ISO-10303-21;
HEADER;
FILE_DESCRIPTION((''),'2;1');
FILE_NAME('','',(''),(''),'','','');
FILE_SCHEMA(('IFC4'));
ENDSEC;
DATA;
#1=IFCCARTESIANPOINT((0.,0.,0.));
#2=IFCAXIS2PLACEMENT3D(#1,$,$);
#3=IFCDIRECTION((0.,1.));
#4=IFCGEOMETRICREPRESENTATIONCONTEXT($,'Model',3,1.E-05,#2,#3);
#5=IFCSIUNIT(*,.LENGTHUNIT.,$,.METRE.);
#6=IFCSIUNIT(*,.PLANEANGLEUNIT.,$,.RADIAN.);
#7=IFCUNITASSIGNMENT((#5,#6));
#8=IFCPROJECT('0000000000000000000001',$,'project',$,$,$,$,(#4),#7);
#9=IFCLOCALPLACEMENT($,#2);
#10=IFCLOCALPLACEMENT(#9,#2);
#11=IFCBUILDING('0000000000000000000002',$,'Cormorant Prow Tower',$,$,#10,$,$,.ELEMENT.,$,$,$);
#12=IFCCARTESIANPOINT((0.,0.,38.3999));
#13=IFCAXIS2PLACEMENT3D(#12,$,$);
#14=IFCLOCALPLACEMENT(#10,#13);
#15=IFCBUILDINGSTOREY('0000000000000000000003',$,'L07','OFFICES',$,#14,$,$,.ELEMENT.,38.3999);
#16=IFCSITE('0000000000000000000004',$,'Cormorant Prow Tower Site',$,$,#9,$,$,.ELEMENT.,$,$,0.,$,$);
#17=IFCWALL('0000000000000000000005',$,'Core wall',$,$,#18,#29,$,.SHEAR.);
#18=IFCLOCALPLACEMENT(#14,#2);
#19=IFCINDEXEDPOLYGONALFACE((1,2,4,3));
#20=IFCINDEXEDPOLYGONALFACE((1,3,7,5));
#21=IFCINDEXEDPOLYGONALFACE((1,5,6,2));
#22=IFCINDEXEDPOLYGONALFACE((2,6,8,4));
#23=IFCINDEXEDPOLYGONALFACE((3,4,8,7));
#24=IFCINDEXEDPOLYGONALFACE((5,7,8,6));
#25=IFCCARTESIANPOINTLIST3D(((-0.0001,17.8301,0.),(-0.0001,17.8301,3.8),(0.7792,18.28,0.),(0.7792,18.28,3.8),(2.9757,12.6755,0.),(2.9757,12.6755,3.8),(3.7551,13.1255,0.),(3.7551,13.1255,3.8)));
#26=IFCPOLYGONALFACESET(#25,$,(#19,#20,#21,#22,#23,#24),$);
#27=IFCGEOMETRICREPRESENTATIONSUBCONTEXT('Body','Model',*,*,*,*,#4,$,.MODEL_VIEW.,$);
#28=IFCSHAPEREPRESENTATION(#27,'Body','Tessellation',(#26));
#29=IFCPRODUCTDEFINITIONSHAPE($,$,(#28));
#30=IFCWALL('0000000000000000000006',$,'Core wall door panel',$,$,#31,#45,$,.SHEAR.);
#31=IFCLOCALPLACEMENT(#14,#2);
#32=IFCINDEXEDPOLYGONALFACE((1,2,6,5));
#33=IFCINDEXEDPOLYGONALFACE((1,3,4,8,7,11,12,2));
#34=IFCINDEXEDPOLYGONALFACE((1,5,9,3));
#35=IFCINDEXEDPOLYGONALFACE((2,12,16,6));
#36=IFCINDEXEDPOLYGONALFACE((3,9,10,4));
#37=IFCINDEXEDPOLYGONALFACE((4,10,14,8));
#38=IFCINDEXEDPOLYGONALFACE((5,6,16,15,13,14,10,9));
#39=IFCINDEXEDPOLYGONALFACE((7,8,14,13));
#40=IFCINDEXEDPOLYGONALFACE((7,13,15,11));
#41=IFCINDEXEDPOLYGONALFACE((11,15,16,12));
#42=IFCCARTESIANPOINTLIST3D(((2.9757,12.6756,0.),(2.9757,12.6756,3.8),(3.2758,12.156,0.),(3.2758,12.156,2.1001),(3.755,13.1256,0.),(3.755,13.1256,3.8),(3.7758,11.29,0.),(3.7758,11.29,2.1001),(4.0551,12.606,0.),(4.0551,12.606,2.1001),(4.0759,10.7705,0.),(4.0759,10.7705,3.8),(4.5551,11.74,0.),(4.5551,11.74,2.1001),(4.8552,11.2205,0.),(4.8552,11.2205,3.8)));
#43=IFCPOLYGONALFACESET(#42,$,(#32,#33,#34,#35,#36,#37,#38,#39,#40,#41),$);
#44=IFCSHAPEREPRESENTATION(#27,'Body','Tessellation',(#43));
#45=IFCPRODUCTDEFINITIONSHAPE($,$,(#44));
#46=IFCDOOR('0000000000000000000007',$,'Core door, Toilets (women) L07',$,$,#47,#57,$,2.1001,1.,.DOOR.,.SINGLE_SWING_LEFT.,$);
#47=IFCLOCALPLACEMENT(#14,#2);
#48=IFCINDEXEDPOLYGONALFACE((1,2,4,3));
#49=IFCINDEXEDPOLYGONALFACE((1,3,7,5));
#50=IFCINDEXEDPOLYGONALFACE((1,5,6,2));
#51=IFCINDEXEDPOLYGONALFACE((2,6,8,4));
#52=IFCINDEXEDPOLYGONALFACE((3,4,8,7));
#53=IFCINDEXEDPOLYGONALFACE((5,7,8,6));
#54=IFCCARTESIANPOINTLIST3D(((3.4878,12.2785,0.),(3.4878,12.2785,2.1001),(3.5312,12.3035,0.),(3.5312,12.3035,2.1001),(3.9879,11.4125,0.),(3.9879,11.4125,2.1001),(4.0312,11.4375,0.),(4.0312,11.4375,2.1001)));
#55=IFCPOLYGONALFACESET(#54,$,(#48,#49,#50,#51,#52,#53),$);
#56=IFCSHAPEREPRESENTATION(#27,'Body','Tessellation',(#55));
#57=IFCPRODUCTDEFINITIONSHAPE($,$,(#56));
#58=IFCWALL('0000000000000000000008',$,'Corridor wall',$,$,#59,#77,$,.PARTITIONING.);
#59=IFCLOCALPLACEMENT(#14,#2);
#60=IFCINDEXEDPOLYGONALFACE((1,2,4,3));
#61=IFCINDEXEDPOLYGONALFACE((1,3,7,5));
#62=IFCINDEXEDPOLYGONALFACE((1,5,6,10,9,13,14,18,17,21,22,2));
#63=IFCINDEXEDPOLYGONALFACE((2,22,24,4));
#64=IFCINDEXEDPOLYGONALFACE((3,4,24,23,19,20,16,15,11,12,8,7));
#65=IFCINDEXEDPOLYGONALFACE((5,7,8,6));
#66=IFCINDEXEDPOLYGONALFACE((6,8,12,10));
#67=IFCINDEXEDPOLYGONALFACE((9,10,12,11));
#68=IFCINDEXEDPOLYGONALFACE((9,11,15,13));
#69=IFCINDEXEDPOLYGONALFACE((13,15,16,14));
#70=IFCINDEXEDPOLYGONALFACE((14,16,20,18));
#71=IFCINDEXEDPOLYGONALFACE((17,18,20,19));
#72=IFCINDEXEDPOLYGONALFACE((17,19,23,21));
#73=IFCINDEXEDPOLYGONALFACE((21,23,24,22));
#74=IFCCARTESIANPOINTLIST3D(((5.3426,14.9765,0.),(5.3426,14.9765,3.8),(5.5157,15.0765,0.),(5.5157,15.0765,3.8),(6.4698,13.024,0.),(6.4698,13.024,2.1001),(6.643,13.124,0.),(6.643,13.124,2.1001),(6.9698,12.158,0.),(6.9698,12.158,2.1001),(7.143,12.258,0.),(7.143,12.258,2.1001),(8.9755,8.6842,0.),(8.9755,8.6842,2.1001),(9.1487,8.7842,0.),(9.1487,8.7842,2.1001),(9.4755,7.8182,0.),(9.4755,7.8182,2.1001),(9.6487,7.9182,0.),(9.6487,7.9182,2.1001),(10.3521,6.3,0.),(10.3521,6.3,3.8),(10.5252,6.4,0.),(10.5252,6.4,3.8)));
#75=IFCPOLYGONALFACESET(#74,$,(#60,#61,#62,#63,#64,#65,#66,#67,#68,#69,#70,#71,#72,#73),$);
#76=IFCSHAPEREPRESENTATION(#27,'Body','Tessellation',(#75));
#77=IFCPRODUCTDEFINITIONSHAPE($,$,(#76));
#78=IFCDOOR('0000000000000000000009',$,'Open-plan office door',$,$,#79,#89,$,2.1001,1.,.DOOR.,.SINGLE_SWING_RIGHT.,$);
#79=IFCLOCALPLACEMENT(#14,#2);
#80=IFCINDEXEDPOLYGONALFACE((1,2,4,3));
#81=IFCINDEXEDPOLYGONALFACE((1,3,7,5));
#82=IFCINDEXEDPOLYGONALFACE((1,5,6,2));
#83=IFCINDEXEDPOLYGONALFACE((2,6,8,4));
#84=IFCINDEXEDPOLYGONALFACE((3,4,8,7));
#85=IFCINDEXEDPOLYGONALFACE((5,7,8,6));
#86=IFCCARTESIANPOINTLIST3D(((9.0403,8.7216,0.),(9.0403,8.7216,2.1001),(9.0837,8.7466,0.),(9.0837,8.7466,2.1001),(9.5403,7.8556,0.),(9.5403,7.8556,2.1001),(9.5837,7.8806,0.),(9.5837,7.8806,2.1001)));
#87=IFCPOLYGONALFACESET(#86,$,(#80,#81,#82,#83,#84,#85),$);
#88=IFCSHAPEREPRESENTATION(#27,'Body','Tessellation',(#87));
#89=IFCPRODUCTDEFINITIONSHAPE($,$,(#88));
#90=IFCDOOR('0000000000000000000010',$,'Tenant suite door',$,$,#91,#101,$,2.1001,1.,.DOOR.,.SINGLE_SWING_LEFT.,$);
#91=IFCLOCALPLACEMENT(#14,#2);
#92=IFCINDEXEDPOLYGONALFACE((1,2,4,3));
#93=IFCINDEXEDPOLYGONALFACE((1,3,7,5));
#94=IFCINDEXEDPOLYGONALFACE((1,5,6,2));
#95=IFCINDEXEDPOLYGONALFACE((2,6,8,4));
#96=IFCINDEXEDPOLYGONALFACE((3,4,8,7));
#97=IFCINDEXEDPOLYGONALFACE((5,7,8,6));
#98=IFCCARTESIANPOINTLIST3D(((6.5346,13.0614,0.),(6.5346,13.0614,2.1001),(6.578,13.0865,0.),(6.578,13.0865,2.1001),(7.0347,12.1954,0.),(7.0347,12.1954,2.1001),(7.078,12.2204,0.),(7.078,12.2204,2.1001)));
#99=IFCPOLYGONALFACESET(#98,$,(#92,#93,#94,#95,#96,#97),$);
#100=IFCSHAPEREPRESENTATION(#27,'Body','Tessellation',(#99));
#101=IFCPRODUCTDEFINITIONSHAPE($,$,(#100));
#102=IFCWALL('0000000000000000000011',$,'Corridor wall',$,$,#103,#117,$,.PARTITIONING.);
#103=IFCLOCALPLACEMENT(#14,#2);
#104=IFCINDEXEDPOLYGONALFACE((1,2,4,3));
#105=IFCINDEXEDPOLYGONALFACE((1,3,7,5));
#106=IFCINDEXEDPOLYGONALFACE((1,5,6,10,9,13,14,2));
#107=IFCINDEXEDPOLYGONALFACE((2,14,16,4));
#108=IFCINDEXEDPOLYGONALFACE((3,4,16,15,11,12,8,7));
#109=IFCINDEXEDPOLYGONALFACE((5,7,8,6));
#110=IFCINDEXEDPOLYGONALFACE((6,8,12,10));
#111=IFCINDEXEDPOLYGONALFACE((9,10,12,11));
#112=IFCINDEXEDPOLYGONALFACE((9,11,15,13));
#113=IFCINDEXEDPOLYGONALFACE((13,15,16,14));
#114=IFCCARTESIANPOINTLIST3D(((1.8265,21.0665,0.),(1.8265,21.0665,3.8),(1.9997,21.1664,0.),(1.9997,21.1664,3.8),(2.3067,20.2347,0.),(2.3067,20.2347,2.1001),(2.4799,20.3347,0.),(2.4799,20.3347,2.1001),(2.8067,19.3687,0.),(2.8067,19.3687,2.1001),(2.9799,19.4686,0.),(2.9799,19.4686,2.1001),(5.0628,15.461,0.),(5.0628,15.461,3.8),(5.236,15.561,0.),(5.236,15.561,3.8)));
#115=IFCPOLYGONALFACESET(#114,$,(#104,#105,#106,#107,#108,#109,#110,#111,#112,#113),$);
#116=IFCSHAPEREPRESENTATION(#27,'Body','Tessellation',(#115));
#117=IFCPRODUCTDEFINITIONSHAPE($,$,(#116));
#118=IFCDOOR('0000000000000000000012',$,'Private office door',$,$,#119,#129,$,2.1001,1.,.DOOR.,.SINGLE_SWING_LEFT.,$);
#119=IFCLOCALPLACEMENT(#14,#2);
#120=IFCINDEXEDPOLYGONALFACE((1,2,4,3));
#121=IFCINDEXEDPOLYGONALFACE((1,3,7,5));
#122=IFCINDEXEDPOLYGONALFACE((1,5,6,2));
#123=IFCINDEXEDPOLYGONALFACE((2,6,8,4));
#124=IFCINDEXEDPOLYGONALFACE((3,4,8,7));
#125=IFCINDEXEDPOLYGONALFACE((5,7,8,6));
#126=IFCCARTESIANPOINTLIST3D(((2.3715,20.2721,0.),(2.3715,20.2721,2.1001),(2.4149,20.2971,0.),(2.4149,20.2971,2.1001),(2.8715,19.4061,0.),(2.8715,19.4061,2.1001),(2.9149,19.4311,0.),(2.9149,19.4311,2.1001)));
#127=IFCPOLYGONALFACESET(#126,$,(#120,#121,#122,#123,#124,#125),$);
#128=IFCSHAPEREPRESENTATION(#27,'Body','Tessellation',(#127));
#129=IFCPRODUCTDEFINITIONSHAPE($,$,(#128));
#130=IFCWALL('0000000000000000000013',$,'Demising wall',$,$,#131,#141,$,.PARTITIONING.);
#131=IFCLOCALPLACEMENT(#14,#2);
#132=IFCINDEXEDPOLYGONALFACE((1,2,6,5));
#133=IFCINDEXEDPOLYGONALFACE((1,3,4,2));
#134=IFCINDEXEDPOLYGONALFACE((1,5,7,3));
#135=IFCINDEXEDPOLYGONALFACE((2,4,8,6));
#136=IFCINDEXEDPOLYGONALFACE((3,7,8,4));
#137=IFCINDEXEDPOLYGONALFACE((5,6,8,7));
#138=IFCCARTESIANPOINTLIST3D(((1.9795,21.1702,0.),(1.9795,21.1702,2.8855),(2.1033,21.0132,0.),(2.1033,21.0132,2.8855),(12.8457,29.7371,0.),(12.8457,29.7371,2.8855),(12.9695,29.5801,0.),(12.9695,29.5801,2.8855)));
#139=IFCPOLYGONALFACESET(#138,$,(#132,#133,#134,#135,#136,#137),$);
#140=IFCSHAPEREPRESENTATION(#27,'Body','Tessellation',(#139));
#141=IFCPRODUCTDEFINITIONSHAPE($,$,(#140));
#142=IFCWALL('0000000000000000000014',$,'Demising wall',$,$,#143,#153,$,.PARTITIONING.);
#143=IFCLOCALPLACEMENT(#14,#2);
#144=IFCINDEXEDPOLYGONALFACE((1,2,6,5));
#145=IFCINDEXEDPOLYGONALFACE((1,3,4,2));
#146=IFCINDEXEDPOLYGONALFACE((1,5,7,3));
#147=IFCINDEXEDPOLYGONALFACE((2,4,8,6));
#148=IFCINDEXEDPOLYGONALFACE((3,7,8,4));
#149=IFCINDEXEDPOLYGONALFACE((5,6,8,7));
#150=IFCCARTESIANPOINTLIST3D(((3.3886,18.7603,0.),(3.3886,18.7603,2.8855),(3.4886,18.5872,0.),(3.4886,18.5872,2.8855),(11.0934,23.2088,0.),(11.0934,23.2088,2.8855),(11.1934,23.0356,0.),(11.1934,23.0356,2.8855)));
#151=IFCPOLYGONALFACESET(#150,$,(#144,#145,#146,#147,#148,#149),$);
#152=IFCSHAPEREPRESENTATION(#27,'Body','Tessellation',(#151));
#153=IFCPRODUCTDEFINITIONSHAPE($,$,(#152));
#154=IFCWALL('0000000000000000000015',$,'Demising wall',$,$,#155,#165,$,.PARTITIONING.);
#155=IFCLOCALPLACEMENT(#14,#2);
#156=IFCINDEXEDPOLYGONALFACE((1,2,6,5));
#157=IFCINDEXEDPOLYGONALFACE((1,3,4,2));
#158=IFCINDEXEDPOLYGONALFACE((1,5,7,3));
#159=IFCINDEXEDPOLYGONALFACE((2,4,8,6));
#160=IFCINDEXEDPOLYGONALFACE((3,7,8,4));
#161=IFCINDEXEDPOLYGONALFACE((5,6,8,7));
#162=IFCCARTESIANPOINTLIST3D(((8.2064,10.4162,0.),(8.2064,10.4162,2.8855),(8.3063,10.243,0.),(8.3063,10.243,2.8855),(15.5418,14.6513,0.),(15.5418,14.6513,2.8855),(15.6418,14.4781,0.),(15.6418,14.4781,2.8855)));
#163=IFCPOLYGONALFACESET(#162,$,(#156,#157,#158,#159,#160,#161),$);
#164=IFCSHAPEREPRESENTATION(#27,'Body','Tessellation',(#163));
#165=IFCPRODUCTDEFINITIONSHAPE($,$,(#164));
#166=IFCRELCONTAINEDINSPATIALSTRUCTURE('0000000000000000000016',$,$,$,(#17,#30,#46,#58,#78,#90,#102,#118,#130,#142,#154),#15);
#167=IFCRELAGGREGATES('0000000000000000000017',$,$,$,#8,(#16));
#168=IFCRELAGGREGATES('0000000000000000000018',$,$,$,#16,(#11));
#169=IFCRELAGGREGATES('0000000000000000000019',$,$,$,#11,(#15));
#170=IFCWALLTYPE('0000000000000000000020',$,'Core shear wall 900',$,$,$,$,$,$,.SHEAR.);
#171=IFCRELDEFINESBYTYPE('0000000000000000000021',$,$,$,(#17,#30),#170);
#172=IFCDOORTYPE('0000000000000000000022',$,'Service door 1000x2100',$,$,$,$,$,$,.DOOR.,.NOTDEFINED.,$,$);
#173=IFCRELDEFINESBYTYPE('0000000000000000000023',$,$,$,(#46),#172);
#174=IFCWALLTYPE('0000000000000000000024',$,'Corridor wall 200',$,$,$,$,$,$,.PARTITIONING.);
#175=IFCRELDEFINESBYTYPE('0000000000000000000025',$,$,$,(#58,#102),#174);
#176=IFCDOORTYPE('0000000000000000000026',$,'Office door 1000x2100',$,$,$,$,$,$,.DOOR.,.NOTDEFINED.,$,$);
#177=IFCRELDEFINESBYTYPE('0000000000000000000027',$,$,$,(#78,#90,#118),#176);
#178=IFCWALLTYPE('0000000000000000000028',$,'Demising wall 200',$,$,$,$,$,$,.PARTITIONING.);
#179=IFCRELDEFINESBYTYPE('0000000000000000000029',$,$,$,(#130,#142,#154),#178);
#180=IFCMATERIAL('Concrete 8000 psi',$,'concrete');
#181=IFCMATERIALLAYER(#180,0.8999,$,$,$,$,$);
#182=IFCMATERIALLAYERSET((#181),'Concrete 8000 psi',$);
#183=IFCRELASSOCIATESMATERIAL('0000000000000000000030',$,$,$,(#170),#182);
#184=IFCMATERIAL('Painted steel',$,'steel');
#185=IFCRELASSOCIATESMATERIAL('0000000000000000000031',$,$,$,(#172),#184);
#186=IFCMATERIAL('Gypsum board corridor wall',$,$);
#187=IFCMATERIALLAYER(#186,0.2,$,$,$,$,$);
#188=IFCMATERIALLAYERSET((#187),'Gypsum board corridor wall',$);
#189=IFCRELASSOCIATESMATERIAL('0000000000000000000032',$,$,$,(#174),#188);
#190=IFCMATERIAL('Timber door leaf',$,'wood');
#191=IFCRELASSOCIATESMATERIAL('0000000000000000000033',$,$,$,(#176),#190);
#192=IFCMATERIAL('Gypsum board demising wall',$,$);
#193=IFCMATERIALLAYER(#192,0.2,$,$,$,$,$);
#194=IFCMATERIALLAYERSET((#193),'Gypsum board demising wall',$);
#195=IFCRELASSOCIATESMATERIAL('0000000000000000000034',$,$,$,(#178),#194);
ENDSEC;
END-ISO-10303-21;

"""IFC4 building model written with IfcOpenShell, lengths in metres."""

from ifc_helpers import new_model, si_unit, direction, frame, frame_2d, origin, place, context, subcontext, project, spatial, rectangle, extrude, material, layer, layer_set, type_object, element, fill, save


model = new_model("IFC4")

# Units and contexts
model_context = context("Model", 3, precision=1e-05, world=origin(), true_north=direction((0.0, 1.0)))
body_context = subcontext(model_context, "Body", "Model", "MODEL_VIEW")
ifc_project = project(units=[si_unit("LENGTHUNIT", "METRE"), si_unit("PLANEANGLEUNIT", "RADIAN")], contexts=[model_context])

# Site, building, storey
site_placement = place(None, origin())
site = spatial("IfcSite", under=ifc_project, at=site_placement, Name="Cormorant Prow Tower Site", CompositionType="ELEMENT", RefElevation=0.0)
building_placement = place(site_placement, origin())
building = spatial("IfcBuilding", under=site, at=building_placement, Name="Cormorant Prow Tower", CompositionType="ELEMENT")
storey_placement = place(building_placement, frame((0.0, 0.0, 38.3999)))
storey = spatial("IfcBuildingStorey", under=building, at=storey_placement, Name="L07", Description="OFFICES", CompositionType="ELEMENT", Elevation=38.3999)

# Wall
ifc_material_1 = material(Name="Concrete 8000 psi", Category="concrete")
ifc_layer_1 = layer(ifc_material_1, 0.8999)
ifc_layer_set_1 = layer_set([ifc_layer_1], Name="Concrete 8000 psi")
wall_type_1 = type_object("IfcWallType", Name="Core shear wall 900", PredefinedType="SHEAR", material=ifc_layer_set_1)
wall_1_placement = place(storey_placement, frame((3.3655, 12.9004, 0.0), z_axis=(0.0, 0.0, 1.0), x_axis=(-0.499982, 0.866036, 0.0)))
element("IfcWall", 1, at=wall_1_placement, inside=storey, type_object=wall_type_1, Name="Core wall", PredefinedType="SHEAR", context=body_context, shape_type="SweptSolid", body=[
    extrude(rectangle(XDim=5.9519, YDim=0.8999, at=frame_2d((2.9761, 0.0))), origin(), (0.0, 0.0, 1.0), 3.8),
])

# Wall, opening, door
wall_2_placement = place(storey_placement, frame((4.4656, 10.9954, 0.0), z_axis=(0.0, 0.0, 1.0), x_axis=(-0.500078, 0.86598, 0.0)))
wall_2 = element("IfcWall", 2, at=wall_2_placement, inside=storey, type_object=wall_type_1, Name="Core wall door panel", PredefinedType="SHEAR", context=body_context, shape_type="SweptSolid", body=[
    extrude(rectangle(XDim=2.2, YDim=0.8999, at=frame_2d((1.1001, 0.0))), origin(), (0.0, 0.0, 1.0), 3.8),
])
opening_1_placement = place(wall_2_placement, frame((0.6001, 0.0, 0.0)))
opening_1 = element("IfcOpeningElement", 3, at=opening_1_placement, cuts=wall_2, PredefinedType="OPENING", context=body_context, shape_type="SweptSolid", body=[
    extrude(rectangle(XDim=1.0, YDim=2.1001, at=frame_2d((0.5, 1.05))), frame((0.0, 0.46, 0.0), z_axis=(0.0, -1.0, 0.0), x_axis=(1.0, 0.0, 0.0)), (0.0, 0.0, 1.0), 0.9199),
])
ifc_material_2 = material(Name="Painted steel", Category="steel")
door_type_1 = type_object("IfcDoorType", Name="Service door 1000x2100", OperationType="NOTDEFINED", PredefinedType="DOOR", material=ifc_material_2)
door_1_placement = place(opening_1_placement, origin())
door_1 = element("IfcDoor", 4, at=door_1_placement, inside=storey, type_object=door_type_1, Name="Core door, Toilets (women) L07", OperationType="SINGLE_SWING_LEFT", OverallHeight=2.1001, OverallWidth=1.0, PredefinedType="DOOR", context=body_context, shape_type="SweptSolid", body=[
    extrude(rectangle(XDim=1.0, YDim=2.1001, at=frame_2d((0.5, 1.05))), frame((0.0, 0.2051, 0.0), z_axis=(0.0, -1.0, 0.0), x_axis=(1.0, 0.0, 0.0)), (0.0, 0.0, 1.0), 0.05),
])
fill(opening_1, door_1)

# Wall, openings, doors
ifc_material_3 = material(Name="Gypsum board corridor wall")
ifc_layer_2 = layer(ifc_material_3, 0.2)
ifc_layer_set_2 = layer_set([ifc_layer_2], Name="Gypsum board corridor wall")
wall_type_2 = type_object("IfcWallType", Name="Corridor wall 200", PredefinedType="PARTITIONING", material=ifc_layer_set_2)
wall_3_placement = place(storey_placement, frame((5.4292, 15.0264, 0.0), z_axis=(0.0, 0.0, 1.0), x_axis=(0.50001, -0.86602, 0.0)))
wall_3 = element("IfcWall", 5, at=wall_3_placement, inside=storey, type_object=wall_type_2, Name="Corridor wall", PredefinedType="PARTITIONING", context=body_context, shape_type="SweptSolid", body=[
    extrude(rectangle(XDim=10.0188, YDim=0.2, at=frame_2d((5.0093, 0.0))), origin(), (0.0, 0.0, 1.0), 3.8),
])
opening_2_placement = place(wall_3_placement, frame((7.2656, 0.0, 0.0)))
opening_2 = element("IfcOpeningElement", 6, at=opening_2_placement, cuts=wall_3, PredefinedType="OPENING", context=body_context, shape_type="SweptSolid", body=[
    extrude(rectangle(XDim=1.0, YDim=2.1001, at=frame_2d((0.5, 1.05))), frame((0.0, 0.1099, 0.0), z_axis=(0.0, -1.0, 0.0), x_axis=(1.0, 0.0, 0.0)), (0.0, 0.0, 1.0), 0.22),
])
opening_3_placement = place(wall_3_placement, frame((2.2544, 0.0, 0.0)))
opening_3 = element("IfcOpeningElement", 7, at=opening_3_placement, cuts=wall_3, PredefinedType="OPENING", context=body_context, shape_type="SweptSolid", body=[
    extrude(rectangle(XDim=1.0, YDim=2.1001, at=frame_2d((0.5, 1.05))), frame((0.0, 0.1099, 0.0), z_axis=(0.0, -1.0, 0.0), x_axis=(1.0, 0.0, 0.0)), (0.0, 0.0, 1.0), 0.22),
])
ifc_material_4 = material(Name="Timber door leaf", Category="wood")
door_type_2 = type_object("IfcDoorType", Name="Office door 1000x2100", OperationType="NOTDEFINED", PredefinedType="DOOR", material=ifc_material_4)
door_2_placement = place(opening_2_placement, origin())
door_2 = element("IfcDoor", 8, at=door_2_placement, inside=storey, type_object=door_type_2, Name="Open-plan office door", OperationType="SINGLE_SWING_RIGHT", OverallHeight=2.1001, OverallWidth=1.0, PredefinedType="DOOR", context=body_context, shape_type="SweptSolid", body=[
    extrude(rectangle(XDim=1.0, YDim=2.1001, at=frame_2d((0.5, 1.05))), frame((0.0, 0.0249, 0.0), z_axis=(0.0, -1.0, 0.0), x_axis=(1.0, 0.0, 0.0)), (0.0, 0.0, 1.0), 0.05),
])
fill(opening_2, door_2)
door_3_placement = place(opening_3_placement, origin())
door_3 = element("IfcDoor", 9, at=door_3_placement, inside=storey, type_object=door_type_2, Name="Tenant suite door", OperationType="SINGLE_SWING_LEFT", OverallHeight=2.1001, OverallWidth=1.0, PredefinedType="DOOR", context=body_context, shape_type="SweptSolid", body=[
    extrude(rectangle(XDim=1.0, YDim=2.1001, at=frame_2d((0.5, 1.05))), frame((0.0, 0.0249, 0.0), z_axis=(0.0, -1.0, 0.0), x_axis=(1.0, 0.0, 0.0)), (0.0, 0.0, 1.0), 0.05),
])
fill(opening_3, door_3)

# Wall, opening, door
wall_4_placement = place(storey_placement, frame((1.9131, 21.1165, 0.0), z_axis=(0.0, 0.0, 1.0), x_axis=(0.500001, -0.866025, 0.0)))
wall_4 = element("IfcWall", 10, at=wall_4_placement, inside=storey, type_object=wall_type_2, Name="Corridor wall", PredefinedType="PARTITIONING", context=body_context, shape_type="SweptSolid", body=[
    extrude(rectangle(XDim=6.4727, YDim=0.2, at=frame_2d((3.2363, 0.0))), origin(), (0.0, 0.0, 1.0), 3.8),
])
opening_4_placement = place(wall_4_placement, frame((0.9604, 0.0, 0.0)))
opening_4 = element("IfcOpeningElement", 11, at=opening_4_placement, cuts=wall_4, PredefinedType="OPENING", context=body_context, shape_type="SweptSolid", body=[
    extrude(rectangle(XDim=1.0, YDim=2.1001, at=frame_2d((0.5, 1.05))), frame((0.0, 0.1099, 0.0), z_axis=(0.0, -1.0, 0.0), x_axis=(1.0, 0.0, 0.0)), (0.0, 0.0, 1.0), 0.22),
])
door_4_placement = place(opening_4_placement, origin())
door_4 = element("IfcDoor", 12, at=door_4_placement, inside=storey, type_object=door_type_2, Name="Private office door", OperationType="SINGLE_SWING_LEFT", OverallHeight=2.1001, OverallWidth=1.0, PredefinedType="DOOR", context=body_context, shape_type="SweptSolid", body=[
    extrude(rectangle(XDim=1.0, YDim=2.1001, at=frame_2d((0.5, 1.05))), frame((0.0, 0.0249, 0.0), z_axis=(0.0, -1.0, 0.0), x_axis=(1.0, 0.0, 0.0)), (0.0, 0.0, 1.0), 0.05),
])
fill(opening_4, door_4)

# Walls
ifc_material_5 = material(Name="Gypsum board demising wall")
ifc_layer_3 = layer(ifc_material_5, 0.2)
ifc_layer_set_3 = layer_set([ifc_layer_3], Name="Gypsum board demising wall")
wall_type_3 = type_object("IfcWallType", Name="Demising wall 200", PredefinedType="PARTITIONING", material=ifc_layer_set_3)
wall_5_placement = place(storey_placement, frame((2.0415, 21.0918, 0.0), z_axis=(0.0, 0.0, 1.0), x_axis=(0.785294, 0.619124, 0.0)))
element("IfcWall", 13, at=wall_5_placement, inside=storey, type_object=wall_type_3, Name="Demising wall", PredefinedType="PARTITIONING", context=body_context, shape_type="SweptSolid", body=[
    extrude(rectangle(XDim=13.8372, YDim=0.2, at=frame_2d((6.9185, 0.0))), origin(), (0.0, 0.0, 1.0), 2.8855),
])
wall_6_placement = place(storey_placement, frame((3.4387, 18.6738, 0.0), z_axis=(0.0, 0.0, 1.0), x_axis=(0.866021, 0.500008, 0.0)))
element("IfcWall", 14, at=wall_6_placement, inside=storey, type_object=wall_type_3, Name="Demising wall", PredefinedType="PARTITIONING", context=body_context, shape_type="SweptSolid", body=[
    extrude(rectangle(XDim=8.8967, YDim=0.2, at=frame_2d((4.4482, 0.0))), origin(), (0.0, 0.0, 1.0), 2.8855),
])
wall_7_placement = place(storey_placement, frame((8.2563, 10.3296, 0.0), z_axis=(0.0, 0.0, 1.0), x_axis=(0.866026, 0.499999, 0.0)))
element("IfcWall", 15, at=wall_7_placement, inside=storey, type_object=wall_type_3, Name="Demising wall", PredefinedType="PARTITIONING", context=body_context, shape_type="SweptSolid", body=[
    extrude(rectangle(XDim=8.4702, YDim=0.2, at=frame_2d((4.2351, 0.0))), origin(), (0.0, 0.0, 1.0), 2.8855),
])

save(model, "model.ifc")
